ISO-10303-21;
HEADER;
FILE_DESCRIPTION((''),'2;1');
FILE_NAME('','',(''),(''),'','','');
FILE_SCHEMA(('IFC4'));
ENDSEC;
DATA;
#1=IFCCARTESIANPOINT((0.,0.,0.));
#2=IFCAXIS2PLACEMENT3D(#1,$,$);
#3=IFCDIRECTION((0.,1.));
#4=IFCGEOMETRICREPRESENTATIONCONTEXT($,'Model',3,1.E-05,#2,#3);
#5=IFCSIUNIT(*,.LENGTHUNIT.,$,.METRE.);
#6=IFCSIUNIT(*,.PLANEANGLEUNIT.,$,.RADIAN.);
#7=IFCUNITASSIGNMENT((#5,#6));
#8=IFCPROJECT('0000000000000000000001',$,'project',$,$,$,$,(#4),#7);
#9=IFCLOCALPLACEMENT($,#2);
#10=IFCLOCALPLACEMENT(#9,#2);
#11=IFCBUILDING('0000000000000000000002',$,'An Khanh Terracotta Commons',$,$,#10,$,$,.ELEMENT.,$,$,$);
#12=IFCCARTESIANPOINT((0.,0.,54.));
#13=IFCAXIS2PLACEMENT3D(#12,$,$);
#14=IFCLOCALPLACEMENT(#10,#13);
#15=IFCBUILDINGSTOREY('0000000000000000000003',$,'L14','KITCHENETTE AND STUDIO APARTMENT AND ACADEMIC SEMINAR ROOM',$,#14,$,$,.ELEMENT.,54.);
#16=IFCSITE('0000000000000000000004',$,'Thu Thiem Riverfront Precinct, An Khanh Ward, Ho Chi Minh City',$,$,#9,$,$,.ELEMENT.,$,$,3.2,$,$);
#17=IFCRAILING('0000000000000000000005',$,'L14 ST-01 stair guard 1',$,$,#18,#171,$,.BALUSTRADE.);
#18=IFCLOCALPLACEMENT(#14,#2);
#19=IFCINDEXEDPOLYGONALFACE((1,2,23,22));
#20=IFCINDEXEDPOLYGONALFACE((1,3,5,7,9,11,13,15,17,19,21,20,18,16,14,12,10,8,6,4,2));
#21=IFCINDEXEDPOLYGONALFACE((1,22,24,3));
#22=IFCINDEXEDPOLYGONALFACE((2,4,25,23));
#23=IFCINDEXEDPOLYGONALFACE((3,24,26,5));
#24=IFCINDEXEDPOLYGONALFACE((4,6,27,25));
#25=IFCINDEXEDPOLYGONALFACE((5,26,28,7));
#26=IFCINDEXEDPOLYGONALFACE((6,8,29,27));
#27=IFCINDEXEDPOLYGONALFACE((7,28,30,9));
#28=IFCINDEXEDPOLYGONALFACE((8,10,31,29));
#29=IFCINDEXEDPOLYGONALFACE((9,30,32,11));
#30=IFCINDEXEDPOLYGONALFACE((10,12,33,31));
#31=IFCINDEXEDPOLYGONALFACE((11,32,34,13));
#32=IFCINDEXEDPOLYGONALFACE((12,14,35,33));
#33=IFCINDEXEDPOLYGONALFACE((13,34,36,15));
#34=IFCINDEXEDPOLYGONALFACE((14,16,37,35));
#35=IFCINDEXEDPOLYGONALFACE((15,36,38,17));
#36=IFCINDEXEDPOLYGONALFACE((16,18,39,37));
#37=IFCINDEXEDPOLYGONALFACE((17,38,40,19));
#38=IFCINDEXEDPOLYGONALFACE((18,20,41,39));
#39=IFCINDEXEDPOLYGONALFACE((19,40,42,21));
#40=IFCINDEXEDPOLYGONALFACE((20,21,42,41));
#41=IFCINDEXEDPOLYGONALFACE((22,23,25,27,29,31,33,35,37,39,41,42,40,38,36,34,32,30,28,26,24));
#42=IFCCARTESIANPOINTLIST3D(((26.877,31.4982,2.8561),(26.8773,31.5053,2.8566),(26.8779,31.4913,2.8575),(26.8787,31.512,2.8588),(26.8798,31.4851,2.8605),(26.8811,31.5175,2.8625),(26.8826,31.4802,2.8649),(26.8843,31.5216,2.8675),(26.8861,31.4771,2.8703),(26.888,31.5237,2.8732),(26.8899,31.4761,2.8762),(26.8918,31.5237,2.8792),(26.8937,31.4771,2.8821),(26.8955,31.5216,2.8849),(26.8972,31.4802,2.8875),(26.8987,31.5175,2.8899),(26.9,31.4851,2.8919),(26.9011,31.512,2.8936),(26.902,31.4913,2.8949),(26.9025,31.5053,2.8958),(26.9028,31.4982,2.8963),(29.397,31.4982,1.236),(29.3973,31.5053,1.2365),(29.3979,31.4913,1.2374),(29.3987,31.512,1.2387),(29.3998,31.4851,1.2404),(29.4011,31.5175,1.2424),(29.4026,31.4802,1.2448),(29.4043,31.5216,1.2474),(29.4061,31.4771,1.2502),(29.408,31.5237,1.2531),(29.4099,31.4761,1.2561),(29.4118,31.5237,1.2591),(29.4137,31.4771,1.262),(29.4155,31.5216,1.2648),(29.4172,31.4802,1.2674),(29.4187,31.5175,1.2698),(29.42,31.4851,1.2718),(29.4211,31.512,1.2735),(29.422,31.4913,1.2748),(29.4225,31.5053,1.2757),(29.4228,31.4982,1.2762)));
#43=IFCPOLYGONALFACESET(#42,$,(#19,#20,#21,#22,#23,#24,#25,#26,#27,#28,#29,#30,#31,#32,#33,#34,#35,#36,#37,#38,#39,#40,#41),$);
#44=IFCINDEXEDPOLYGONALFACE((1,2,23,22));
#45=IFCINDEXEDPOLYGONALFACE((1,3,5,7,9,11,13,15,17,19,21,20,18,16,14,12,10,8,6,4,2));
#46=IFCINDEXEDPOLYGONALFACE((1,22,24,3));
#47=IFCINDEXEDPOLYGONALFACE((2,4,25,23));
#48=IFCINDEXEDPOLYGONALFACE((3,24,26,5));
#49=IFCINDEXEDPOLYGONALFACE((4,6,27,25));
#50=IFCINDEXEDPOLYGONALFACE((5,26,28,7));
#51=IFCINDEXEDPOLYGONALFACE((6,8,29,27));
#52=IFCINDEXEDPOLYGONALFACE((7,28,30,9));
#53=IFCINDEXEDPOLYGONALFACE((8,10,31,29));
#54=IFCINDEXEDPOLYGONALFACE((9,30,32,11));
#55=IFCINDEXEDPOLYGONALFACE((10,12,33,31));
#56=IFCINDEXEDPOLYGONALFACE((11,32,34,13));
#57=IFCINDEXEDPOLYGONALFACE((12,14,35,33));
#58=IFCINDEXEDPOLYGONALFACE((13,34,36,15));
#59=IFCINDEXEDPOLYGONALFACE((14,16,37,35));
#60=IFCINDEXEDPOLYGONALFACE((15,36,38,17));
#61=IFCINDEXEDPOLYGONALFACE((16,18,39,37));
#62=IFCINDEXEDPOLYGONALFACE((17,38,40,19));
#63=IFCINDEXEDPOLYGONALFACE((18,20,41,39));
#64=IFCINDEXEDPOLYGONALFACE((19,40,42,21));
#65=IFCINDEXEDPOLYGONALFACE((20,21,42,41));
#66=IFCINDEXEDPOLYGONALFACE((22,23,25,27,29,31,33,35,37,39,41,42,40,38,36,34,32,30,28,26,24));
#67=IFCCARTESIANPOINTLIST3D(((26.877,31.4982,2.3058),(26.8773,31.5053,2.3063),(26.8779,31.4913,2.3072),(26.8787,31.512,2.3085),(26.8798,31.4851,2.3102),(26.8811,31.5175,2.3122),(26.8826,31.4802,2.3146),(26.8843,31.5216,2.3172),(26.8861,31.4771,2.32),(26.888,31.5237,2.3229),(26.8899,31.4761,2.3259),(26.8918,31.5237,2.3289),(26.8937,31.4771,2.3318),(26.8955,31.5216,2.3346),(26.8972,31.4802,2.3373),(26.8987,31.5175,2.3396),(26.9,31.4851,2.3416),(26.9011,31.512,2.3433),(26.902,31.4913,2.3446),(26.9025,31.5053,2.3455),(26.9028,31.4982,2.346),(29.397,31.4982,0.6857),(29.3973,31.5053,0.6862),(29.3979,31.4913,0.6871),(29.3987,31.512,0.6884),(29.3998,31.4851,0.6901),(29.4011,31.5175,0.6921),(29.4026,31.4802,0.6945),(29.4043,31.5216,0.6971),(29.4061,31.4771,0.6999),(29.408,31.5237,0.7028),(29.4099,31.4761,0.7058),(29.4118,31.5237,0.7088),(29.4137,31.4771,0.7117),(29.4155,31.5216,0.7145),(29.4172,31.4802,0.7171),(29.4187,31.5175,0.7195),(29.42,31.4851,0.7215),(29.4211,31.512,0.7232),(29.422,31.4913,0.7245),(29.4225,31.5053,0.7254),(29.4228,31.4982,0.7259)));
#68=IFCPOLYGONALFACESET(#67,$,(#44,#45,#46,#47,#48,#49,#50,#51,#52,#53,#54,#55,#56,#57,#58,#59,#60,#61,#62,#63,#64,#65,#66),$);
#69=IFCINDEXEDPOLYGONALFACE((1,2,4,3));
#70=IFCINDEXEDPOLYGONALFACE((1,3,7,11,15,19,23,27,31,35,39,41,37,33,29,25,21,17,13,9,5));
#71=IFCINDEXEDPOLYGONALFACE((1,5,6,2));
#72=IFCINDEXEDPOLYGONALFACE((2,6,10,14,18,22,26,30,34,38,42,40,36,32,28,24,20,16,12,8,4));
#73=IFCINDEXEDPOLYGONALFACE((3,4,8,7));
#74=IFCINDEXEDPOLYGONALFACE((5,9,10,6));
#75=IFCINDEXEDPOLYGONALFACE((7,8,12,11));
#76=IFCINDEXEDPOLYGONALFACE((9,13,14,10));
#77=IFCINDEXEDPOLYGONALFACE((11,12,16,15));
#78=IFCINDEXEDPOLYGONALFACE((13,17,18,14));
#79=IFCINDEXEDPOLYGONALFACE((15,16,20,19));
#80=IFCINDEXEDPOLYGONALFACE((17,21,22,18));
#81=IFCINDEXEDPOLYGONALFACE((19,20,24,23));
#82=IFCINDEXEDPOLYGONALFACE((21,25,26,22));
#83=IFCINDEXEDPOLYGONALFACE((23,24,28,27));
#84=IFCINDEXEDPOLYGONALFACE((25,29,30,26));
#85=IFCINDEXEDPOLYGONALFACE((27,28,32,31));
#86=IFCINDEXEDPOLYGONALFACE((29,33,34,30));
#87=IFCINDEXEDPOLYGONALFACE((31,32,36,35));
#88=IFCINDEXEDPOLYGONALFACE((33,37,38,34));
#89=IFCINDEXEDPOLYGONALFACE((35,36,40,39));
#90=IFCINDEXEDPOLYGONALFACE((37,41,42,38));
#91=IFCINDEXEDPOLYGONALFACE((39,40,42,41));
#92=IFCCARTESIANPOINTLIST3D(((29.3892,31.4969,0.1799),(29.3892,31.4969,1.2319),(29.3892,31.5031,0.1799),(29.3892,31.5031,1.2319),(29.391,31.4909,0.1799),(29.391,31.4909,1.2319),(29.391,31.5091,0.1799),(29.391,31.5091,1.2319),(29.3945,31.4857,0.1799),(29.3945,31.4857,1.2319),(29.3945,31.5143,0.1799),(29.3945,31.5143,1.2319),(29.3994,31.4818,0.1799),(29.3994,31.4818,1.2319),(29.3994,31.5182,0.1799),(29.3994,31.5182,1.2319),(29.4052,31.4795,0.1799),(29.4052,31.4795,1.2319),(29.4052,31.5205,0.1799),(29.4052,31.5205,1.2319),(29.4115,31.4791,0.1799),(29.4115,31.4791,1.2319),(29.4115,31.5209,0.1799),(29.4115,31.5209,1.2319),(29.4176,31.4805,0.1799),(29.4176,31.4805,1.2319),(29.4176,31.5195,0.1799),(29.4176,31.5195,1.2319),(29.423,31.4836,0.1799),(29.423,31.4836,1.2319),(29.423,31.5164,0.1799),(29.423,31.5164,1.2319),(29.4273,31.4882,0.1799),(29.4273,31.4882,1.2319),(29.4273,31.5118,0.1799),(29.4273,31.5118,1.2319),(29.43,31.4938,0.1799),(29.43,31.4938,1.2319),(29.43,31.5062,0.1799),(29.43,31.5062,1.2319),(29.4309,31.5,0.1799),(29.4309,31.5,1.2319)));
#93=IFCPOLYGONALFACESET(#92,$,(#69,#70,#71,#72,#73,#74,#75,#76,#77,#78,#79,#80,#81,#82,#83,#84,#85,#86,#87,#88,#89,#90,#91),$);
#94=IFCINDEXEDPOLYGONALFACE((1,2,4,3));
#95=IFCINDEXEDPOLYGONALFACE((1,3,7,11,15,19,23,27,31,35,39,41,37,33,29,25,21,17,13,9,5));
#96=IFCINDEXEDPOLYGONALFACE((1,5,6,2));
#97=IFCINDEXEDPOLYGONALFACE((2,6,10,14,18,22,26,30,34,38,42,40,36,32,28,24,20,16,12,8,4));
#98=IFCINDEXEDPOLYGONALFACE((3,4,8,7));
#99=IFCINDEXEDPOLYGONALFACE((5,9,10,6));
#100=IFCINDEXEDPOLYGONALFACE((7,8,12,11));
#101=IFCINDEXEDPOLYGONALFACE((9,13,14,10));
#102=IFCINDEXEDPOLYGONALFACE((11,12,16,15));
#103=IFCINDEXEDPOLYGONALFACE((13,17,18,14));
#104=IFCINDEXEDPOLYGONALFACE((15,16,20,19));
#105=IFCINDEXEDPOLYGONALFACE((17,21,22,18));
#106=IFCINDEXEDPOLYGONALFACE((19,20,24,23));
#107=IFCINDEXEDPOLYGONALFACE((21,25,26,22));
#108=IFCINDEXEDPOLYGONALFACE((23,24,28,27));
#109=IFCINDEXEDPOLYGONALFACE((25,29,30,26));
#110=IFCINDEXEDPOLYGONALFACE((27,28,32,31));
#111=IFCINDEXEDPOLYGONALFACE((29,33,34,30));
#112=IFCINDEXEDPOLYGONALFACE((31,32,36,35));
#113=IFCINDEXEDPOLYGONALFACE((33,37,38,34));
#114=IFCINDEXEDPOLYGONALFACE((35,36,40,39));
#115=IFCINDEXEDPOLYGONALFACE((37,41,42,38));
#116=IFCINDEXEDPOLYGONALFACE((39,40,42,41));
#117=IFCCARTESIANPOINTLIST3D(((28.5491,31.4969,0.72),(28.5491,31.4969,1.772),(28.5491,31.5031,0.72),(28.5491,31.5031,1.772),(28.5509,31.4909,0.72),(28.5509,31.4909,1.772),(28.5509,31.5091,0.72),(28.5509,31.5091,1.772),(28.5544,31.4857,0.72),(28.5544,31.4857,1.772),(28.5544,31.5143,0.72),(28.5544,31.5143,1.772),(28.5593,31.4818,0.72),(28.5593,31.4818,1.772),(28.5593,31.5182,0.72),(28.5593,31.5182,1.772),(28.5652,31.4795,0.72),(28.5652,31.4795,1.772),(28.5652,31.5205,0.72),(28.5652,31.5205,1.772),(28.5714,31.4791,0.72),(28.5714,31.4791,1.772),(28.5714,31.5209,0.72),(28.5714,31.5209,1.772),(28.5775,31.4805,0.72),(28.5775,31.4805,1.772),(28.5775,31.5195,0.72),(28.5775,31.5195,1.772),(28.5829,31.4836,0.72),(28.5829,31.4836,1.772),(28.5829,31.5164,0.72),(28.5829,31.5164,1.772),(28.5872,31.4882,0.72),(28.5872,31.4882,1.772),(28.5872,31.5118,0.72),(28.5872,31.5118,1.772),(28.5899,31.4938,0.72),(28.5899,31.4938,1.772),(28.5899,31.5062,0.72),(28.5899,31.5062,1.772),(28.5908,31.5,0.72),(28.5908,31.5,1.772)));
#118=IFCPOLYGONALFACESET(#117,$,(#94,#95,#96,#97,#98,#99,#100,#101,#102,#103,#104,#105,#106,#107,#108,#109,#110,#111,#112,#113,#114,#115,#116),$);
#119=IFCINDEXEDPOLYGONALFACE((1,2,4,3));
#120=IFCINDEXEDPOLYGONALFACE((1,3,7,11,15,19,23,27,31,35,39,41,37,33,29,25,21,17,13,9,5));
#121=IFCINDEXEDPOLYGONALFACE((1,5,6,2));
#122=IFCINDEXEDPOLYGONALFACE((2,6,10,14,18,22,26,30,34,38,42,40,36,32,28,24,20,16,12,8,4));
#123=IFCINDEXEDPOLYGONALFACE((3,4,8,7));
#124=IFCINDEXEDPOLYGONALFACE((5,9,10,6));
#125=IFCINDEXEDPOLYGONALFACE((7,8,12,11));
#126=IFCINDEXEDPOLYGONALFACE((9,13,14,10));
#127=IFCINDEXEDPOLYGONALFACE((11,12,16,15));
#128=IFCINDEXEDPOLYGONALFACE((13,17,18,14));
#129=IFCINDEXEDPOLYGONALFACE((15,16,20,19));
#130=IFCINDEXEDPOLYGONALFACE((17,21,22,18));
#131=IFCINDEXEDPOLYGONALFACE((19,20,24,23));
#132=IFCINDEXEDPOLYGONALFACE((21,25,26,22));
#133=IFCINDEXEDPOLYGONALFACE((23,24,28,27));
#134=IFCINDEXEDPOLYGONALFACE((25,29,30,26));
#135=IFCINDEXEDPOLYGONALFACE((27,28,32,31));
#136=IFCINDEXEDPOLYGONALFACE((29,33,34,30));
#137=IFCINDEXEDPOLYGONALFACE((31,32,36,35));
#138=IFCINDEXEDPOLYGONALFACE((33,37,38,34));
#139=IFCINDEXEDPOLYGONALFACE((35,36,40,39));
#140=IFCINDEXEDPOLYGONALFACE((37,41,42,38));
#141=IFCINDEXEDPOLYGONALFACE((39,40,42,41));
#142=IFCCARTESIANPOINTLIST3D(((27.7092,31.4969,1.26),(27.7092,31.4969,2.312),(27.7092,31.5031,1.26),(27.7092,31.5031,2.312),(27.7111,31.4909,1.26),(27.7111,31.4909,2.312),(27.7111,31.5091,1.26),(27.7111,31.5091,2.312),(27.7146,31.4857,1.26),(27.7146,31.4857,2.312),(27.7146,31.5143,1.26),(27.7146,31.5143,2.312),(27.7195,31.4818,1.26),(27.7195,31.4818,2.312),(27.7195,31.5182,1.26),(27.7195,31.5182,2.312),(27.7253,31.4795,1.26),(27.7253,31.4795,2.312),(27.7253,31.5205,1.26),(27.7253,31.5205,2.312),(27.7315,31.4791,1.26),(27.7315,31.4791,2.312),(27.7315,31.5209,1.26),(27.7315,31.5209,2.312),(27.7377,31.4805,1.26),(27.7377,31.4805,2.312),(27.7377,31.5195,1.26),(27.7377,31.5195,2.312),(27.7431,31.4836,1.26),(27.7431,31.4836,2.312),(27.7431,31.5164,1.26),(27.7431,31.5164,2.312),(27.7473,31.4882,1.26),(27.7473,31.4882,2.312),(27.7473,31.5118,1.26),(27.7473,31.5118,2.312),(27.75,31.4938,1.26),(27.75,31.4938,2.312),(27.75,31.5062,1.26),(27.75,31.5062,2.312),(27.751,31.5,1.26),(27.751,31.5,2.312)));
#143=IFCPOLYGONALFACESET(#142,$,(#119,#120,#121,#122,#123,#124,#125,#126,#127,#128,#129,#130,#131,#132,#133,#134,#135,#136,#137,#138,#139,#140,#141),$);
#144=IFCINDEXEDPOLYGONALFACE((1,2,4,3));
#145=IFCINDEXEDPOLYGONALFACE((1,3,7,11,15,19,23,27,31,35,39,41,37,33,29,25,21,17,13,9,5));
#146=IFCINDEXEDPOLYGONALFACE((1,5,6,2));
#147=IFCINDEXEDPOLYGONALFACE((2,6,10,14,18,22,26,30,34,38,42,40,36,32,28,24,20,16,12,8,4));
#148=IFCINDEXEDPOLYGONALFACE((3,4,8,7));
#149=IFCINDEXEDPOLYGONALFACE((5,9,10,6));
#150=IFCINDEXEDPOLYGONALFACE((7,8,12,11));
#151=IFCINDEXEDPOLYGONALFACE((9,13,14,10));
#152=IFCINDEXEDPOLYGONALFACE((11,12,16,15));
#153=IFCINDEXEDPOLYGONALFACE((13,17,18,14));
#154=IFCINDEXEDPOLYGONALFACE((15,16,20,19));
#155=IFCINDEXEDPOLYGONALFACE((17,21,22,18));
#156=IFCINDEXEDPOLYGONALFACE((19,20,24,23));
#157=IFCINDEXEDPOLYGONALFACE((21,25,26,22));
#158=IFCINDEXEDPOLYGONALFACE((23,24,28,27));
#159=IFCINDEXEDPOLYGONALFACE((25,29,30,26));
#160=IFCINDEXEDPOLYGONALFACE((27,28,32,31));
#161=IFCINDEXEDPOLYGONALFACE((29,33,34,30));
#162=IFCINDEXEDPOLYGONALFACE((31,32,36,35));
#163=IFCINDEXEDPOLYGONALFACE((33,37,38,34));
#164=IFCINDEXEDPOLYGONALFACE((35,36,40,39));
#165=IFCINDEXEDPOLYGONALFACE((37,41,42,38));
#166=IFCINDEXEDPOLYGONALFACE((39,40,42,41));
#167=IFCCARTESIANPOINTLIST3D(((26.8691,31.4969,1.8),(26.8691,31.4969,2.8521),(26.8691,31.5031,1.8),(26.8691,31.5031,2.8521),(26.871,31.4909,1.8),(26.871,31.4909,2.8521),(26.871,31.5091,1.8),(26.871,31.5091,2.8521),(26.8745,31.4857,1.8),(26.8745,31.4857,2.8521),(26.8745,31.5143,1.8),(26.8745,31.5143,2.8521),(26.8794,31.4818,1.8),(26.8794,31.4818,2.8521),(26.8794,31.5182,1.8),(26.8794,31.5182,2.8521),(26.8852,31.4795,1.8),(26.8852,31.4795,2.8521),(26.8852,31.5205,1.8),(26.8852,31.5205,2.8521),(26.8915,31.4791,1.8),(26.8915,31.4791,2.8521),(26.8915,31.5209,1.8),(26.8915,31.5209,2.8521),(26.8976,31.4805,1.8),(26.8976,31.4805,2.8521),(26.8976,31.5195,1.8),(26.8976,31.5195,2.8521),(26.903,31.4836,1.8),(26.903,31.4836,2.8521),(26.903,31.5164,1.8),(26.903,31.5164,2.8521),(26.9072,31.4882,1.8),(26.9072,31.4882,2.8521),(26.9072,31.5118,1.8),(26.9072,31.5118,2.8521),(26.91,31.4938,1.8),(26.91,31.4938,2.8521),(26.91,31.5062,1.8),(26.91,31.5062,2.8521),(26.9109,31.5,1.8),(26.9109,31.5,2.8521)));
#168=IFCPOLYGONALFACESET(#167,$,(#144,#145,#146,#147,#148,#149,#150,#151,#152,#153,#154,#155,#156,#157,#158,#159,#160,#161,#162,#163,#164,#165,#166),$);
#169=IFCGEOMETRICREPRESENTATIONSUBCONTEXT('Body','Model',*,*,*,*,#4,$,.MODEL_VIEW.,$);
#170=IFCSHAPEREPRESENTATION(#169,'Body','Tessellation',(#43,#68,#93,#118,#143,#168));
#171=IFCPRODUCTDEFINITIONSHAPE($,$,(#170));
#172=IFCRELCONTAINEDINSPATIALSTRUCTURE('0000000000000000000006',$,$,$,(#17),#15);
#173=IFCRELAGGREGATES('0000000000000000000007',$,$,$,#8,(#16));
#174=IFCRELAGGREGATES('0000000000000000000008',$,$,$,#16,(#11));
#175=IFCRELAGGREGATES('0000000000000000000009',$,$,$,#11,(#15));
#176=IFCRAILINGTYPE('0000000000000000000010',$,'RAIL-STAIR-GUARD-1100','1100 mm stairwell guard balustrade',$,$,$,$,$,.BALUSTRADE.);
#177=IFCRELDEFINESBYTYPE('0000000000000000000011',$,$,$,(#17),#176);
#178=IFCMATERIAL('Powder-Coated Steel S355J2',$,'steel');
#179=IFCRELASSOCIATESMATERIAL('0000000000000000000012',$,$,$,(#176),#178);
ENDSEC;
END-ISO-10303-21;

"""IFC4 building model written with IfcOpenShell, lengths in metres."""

from ifc_helpers import new_model, si_unit, direction, frame, origin, origin_2d, place, context, subcontext, project, spatial, circle, extrude, material, type_object, element, save


model = new_model("IFC4")

# Units and contexts
model_context = context("Model", 3, precision=1e-05, world=origin(), true_north=direction((0.0, 1.0)))
body_context = subcontext(model_context, "Body", "Model", "MODEL_VIEW")
ifc_project = project(units=[si_unit("LENGTHUNIT", "METRE"), si_unit("PLANEANGLEUNIT", "RADIAN")], contexts=[model_context])

# Site, building, storey
site_placement = place(None, origin())
site = spatial("IfcSite", under=ifc_project, at=site_placement, Name="Thu Thiem Riverfront Precinct, An Khanh Ward, Ho Chi Minh City", CompositionType="ELEMENT", RefElevation=3.2)
building_placement = place(site_placement, origin())
building = spatial("IfcBuilding", under=site, at=building_placement, Name="An Khanh Terracotta Commons", CompositionType="ELEMENT")
storey_placement = place(building_placement, frame((0.0, 0.0, 54.0)))
storey = spatial("IfcBuildingStorey", under=building, at=storey_placement, Name="L14", Description="KITCHENETTE AND STUDIO APARTMENT AND ACADEMIC SEMINAR ROOM", CompositionType="ELEMENT", Elevation=54.0)

# Railing
ifc_material_1 = material(Name="Powder-Coated Steel S355J2", Category="steel")
railing_type_1 = type_object("IfcRailingType", Name="RAIL-STAIR-GUARD-1100", Description="1100 mm stairwell guard balustrade", PredefinedType="BALUSTRADE", material=ifc_material_1)
railing_1_placement = place(storey_placement, frame((29.4099, 31.5, 0.1799)))
element("IfcRailing", 1, at=railing_1_placement, inside=storey, type_object=railing_type_1, Name="L14 ST-01 stair guard 1", PredefinedType="BALUSTRADE", context=body_context, shape_type="SweptSolid", body=[
    extrude(circle(Radius=0.0239, at=origin_2d()), frame((0.0, 0.0, 1.0762), z_axis=(-0.841163, 0.0, 0.540782), x_axis=(0.0, -1.0, 0.0)), (0.0, 0.0, 1.0), 2.9958),
    extrude(circle(Radius=0.0239, at=origin_2d()), frame((0.0, 0.0, 0.5259), z_axis=(-0.841163, 0.0, 0.540782), x_axis=(0.0, -1.0, 0.0)), (0.0, 0.0, 1.0), 2.9958),
    extrude(circle(Radius=0.021, at=origin_2d()), origin(), (0.0, 0.0, 1.0), 1.052),
    extrude(circle(Radius=0.021, at=origin_2d()), frame((-0.8401, 0.0, 0.54)), (0.0, 0.0, 1.0), 1.052),
    extrude(circle(Radius=0.021, at=origin_2d()), frame((-1.6799, 0.0, 1.0801)), (0.0, 0.0, 1.0), 1.052),
    extrude(circle(Radius=0.021, at=origin_2d()), frame((-2.52, 0.0, 1.6201)), (0.0, 0.0, 1.0), 1.052),
])

save(model, "model.ifc")
